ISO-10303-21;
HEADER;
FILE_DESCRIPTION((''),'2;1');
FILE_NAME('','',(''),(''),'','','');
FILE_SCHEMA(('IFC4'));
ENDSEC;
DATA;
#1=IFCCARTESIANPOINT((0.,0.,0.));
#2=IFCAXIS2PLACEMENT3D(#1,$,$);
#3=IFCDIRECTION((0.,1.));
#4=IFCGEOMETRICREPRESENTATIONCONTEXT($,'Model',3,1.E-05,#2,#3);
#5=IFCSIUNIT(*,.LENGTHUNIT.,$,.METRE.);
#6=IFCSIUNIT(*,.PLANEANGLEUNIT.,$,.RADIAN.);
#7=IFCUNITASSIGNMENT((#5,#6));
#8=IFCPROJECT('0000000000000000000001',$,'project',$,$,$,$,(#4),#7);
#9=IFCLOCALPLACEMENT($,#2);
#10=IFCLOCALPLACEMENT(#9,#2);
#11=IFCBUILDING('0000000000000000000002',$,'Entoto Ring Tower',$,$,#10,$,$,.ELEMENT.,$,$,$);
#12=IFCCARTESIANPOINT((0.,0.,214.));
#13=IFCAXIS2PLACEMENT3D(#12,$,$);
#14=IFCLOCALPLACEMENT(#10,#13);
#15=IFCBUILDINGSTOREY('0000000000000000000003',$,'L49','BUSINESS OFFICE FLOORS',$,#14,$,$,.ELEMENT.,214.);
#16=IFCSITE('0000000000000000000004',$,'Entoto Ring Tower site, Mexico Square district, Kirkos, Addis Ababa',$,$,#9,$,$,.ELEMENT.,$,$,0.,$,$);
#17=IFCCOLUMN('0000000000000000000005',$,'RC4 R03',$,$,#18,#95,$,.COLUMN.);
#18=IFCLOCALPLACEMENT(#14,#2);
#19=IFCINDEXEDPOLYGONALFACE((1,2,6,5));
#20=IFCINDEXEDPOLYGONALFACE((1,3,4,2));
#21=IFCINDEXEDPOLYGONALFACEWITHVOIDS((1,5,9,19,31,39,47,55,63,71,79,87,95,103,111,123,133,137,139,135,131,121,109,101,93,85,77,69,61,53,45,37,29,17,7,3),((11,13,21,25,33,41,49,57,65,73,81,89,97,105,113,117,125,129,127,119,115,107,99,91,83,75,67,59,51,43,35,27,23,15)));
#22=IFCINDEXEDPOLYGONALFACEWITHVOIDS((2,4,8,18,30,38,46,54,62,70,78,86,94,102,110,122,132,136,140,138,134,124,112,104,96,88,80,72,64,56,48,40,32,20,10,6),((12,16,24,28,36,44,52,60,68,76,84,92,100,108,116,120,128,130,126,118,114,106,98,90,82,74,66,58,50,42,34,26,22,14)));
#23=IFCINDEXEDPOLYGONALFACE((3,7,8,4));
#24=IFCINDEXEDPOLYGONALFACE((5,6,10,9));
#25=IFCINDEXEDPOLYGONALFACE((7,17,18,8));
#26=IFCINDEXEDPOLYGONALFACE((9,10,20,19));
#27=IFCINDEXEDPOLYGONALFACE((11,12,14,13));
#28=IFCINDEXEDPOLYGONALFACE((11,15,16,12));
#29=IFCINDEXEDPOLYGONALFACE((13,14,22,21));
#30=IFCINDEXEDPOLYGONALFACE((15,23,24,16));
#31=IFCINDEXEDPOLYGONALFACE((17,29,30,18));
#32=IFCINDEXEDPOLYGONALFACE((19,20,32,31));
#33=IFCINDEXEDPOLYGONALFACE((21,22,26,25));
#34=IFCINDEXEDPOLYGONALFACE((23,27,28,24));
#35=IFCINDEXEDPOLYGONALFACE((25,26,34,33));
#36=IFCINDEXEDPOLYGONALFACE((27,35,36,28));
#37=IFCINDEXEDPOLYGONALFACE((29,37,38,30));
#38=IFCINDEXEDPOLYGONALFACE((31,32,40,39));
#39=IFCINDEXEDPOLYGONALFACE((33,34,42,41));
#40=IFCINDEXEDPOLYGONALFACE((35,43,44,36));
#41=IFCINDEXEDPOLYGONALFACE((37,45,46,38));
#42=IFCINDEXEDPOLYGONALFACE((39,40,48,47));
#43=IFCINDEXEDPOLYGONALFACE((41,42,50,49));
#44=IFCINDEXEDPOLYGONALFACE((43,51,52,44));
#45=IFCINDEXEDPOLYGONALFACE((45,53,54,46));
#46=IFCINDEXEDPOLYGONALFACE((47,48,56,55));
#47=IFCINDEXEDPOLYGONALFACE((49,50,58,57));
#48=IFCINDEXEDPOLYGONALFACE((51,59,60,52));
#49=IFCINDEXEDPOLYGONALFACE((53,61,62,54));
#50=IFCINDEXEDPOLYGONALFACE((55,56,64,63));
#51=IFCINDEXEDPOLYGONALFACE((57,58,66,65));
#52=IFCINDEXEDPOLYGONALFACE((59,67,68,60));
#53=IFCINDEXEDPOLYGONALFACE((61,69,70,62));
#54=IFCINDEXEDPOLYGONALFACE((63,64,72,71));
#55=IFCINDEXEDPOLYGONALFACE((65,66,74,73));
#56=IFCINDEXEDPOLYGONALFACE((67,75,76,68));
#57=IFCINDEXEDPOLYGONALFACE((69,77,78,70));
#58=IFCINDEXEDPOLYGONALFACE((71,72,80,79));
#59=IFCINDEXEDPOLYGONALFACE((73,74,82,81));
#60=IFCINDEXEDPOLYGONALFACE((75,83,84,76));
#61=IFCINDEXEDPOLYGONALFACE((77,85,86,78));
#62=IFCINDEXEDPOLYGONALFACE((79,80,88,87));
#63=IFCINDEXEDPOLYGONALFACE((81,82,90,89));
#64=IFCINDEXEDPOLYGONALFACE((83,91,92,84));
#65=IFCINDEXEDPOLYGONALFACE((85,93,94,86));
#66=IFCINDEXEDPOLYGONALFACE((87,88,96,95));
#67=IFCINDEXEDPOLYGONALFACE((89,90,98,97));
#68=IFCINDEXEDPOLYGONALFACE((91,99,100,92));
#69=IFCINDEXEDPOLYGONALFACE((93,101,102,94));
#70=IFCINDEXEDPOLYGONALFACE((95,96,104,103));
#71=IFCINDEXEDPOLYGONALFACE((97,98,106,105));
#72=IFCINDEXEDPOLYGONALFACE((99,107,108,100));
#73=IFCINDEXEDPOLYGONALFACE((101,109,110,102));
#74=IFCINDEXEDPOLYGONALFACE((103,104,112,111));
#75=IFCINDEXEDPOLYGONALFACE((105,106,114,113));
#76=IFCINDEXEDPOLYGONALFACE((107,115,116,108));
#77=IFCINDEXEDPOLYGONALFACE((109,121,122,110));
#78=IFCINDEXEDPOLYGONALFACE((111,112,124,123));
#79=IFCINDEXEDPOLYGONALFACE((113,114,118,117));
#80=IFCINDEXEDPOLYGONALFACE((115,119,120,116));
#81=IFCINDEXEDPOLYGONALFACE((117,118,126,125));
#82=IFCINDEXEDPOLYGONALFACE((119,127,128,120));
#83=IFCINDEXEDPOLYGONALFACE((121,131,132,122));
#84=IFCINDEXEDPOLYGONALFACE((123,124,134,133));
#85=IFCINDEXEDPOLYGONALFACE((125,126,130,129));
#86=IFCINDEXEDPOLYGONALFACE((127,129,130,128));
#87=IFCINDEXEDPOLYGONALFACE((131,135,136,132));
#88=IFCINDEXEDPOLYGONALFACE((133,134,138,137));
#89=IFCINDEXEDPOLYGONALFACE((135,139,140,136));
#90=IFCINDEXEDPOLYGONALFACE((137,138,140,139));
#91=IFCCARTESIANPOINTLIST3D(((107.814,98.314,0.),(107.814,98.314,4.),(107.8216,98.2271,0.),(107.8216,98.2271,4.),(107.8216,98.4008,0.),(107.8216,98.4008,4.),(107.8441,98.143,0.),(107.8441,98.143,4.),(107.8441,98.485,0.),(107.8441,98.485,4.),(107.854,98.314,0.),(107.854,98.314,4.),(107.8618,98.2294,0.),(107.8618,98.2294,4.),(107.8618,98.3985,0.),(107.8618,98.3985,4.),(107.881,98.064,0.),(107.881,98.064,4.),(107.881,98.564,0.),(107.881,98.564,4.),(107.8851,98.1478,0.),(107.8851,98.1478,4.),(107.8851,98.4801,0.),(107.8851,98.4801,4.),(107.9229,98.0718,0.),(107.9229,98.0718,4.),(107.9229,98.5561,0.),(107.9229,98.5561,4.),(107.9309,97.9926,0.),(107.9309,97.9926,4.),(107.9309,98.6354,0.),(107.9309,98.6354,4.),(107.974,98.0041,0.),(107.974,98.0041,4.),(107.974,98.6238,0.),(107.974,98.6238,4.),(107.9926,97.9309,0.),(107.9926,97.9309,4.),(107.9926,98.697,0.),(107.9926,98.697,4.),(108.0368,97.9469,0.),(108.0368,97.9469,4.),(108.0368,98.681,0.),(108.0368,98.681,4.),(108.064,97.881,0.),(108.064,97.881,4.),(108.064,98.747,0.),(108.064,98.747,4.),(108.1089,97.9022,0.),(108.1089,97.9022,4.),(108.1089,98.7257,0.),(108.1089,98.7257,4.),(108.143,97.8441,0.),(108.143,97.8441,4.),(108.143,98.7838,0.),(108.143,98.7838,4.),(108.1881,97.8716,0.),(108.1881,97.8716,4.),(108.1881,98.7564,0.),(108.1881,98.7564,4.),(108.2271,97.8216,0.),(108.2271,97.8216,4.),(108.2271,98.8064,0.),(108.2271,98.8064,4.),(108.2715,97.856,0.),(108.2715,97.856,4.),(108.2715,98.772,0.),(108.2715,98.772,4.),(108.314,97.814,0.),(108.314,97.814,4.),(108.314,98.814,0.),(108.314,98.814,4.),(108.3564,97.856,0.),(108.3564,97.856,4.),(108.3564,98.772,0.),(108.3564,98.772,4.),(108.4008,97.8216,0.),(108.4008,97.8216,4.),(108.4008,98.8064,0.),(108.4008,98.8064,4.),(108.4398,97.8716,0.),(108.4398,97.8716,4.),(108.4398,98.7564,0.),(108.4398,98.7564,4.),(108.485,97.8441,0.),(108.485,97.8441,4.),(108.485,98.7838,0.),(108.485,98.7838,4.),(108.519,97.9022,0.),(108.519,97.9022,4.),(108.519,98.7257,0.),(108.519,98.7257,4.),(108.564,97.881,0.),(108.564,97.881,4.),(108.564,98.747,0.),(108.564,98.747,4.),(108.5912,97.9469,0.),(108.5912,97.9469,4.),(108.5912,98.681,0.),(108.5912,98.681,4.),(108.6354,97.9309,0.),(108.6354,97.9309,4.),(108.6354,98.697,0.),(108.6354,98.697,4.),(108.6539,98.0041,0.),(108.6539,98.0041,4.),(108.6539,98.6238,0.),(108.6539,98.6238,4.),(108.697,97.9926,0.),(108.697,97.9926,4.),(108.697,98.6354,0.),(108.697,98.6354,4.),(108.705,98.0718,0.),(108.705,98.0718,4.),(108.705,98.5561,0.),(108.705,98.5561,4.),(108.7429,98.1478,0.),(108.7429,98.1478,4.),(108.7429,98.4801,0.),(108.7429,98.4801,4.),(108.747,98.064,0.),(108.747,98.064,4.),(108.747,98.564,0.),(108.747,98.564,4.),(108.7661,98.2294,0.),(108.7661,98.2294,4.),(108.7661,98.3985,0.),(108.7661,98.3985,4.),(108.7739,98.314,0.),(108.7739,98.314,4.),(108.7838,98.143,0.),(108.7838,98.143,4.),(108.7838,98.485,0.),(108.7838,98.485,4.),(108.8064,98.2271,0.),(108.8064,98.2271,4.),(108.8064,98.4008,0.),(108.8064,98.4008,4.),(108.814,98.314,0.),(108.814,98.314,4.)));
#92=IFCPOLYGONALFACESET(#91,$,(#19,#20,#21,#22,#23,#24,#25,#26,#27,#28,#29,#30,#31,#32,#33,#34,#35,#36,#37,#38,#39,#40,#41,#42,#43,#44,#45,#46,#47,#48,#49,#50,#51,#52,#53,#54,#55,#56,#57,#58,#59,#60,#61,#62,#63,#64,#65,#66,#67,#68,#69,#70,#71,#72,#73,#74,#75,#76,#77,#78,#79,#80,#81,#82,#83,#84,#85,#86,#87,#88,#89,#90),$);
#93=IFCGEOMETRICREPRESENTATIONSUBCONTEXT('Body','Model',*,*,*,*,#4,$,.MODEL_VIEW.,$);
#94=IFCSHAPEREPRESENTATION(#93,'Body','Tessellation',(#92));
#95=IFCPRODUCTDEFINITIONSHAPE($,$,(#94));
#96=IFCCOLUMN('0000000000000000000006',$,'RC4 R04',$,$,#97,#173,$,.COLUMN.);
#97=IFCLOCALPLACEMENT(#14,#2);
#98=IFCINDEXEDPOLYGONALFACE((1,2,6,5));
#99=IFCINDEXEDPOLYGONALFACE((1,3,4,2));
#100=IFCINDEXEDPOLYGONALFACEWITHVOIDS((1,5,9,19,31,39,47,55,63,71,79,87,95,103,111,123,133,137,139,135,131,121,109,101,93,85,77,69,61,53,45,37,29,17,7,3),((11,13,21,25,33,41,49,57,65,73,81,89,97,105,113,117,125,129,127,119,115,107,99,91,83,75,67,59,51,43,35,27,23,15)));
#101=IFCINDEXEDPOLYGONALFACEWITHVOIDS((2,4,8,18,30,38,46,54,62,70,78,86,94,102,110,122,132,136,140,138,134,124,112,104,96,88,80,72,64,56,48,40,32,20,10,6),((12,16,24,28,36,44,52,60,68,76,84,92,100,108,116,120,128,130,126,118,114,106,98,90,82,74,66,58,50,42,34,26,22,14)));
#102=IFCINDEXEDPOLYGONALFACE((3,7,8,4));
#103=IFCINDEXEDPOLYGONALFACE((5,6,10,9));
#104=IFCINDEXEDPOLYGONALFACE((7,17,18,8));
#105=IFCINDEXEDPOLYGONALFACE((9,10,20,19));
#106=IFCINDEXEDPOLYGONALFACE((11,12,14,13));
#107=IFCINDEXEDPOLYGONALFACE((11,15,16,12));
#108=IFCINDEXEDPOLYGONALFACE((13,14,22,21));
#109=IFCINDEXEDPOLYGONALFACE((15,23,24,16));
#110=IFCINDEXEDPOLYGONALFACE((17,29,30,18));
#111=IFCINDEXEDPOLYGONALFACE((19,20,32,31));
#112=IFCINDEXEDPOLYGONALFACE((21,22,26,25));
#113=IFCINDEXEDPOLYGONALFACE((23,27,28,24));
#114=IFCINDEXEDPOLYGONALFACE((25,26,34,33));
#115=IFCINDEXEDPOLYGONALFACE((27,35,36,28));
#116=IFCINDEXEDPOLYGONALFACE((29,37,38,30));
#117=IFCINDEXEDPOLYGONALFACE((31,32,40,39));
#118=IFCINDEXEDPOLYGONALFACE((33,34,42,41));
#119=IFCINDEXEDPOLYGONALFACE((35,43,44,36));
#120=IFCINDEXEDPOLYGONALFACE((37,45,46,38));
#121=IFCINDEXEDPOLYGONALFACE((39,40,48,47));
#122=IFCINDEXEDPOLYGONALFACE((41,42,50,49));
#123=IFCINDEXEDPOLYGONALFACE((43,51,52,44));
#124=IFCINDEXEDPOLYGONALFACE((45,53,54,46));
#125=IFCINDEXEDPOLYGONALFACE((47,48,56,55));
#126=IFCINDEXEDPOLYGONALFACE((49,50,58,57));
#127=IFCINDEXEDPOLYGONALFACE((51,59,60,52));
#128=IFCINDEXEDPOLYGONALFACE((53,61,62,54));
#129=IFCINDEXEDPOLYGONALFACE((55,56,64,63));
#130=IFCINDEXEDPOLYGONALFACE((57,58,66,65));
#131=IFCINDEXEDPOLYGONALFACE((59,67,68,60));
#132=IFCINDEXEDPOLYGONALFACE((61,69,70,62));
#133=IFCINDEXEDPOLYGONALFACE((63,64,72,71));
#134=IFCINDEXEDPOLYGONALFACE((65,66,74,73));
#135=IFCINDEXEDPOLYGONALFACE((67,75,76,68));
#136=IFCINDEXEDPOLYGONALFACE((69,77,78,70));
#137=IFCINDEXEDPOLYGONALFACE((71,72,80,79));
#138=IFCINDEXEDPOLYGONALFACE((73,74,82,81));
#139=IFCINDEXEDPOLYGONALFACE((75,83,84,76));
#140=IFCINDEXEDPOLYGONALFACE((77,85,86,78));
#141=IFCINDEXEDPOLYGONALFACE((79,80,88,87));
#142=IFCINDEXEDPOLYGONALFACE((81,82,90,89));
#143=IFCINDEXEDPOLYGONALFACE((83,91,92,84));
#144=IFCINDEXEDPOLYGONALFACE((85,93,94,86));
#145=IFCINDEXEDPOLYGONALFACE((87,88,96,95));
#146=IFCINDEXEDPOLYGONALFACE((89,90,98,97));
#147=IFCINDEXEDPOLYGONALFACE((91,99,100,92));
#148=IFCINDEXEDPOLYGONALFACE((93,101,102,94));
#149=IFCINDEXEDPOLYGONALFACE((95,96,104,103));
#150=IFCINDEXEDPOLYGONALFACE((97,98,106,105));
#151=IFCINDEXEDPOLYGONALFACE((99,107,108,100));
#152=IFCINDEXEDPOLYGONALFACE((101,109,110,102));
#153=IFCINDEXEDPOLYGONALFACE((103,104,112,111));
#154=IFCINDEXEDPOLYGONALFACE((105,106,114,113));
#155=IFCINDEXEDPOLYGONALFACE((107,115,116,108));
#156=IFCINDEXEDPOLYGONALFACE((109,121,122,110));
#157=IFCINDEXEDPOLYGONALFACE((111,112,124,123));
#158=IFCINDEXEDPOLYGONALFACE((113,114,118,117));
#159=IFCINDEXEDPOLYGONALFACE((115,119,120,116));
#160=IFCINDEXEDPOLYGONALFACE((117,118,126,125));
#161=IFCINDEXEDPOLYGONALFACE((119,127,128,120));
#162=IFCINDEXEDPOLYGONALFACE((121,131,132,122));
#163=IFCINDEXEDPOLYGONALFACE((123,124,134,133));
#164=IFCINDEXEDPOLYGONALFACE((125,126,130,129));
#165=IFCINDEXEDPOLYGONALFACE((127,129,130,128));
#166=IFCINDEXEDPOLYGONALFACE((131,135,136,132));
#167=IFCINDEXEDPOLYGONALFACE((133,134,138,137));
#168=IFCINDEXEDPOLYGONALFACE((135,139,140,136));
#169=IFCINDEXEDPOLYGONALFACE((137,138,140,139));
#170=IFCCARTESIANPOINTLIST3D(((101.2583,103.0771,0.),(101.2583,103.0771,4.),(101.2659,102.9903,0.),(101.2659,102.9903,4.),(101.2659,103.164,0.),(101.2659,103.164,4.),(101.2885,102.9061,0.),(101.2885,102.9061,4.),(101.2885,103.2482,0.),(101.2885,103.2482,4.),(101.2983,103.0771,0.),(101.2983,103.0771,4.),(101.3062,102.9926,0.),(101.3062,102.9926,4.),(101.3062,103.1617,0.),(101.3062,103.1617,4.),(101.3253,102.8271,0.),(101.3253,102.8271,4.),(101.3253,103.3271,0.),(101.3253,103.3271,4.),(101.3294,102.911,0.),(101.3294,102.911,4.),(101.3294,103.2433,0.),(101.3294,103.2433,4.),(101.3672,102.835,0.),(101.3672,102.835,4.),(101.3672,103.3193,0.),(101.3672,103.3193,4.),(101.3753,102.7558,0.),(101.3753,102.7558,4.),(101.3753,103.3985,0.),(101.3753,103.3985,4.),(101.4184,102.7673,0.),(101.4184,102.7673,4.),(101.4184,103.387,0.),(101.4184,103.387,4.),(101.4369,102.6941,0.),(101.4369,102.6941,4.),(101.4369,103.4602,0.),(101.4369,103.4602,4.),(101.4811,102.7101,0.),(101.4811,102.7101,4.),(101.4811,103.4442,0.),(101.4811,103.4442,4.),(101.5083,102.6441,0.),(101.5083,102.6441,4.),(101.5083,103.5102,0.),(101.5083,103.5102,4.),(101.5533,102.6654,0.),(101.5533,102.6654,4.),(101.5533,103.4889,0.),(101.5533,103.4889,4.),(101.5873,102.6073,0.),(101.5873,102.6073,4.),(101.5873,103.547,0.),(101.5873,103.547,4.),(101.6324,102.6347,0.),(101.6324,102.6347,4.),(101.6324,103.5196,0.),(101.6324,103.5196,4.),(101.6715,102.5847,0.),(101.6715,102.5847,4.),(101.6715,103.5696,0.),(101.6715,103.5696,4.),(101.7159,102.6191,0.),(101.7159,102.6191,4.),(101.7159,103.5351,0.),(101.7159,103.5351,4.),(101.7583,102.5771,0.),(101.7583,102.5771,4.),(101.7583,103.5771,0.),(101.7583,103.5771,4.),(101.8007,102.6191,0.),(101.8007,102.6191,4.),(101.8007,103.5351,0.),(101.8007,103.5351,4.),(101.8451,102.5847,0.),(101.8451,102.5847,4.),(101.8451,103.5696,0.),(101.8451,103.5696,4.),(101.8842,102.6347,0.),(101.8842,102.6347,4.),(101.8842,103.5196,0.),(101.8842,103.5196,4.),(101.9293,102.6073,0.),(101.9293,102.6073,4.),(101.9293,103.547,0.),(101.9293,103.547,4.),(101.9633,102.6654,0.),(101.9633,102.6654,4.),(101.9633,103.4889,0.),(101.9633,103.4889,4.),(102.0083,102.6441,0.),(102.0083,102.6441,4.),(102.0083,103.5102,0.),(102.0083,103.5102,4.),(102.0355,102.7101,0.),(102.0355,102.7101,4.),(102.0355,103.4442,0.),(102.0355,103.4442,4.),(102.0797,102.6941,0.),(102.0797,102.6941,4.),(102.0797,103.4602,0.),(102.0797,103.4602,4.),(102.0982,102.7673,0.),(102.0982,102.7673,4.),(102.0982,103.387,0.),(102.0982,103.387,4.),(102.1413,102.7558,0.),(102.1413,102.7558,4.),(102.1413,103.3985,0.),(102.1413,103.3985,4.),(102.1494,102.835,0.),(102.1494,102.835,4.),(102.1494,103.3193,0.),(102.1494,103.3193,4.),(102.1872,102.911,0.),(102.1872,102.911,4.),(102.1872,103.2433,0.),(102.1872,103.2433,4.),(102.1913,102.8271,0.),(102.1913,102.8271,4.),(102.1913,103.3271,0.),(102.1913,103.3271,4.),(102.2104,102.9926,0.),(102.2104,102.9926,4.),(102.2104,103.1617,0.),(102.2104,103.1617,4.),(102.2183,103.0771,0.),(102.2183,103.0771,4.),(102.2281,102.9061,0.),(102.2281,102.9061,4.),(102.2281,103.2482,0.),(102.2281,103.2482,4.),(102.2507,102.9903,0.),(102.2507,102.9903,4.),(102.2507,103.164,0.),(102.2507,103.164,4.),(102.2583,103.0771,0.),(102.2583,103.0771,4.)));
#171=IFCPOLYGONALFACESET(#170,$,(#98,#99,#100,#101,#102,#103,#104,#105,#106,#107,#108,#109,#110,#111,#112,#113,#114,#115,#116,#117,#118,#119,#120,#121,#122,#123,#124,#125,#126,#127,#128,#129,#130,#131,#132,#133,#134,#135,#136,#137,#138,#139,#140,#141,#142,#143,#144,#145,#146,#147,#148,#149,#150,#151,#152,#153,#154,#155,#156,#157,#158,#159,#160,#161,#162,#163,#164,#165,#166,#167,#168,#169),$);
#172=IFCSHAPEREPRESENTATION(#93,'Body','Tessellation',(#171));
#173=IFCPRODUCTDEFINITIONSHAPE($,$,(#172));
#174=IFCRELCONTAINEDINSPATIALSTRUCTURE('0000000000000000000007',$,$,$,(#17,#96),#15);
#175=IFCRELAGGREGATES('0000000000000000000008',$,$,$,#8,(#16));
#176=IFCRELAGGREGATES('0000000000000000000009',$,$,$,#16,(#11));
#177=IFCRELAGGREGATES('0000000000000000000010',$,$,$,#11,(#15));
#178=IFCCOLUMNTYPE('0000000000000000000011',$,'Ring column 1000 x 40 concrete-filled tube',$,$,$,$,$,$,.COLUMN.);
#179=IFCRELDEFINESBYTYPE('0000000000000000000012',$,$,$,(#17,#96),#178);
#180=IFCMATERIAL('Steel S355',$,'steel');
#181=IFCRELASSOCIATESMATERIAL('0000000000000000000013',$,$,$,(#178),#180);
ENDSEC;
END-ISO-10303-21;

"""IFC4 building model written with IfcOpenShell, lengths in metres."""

from ifc_helpers import new_model, si_unit, direction, frame, origin, origin_2d, place, context, subcontext, project, spatial, circle, hollow_circle, extrude, material, material_profile, profile_set, type_object, element, save


model = new_model("IFC4")

# Units and contexts
model_context = context("Model", 3, precision=1e-05, world=origin(), true_north=direction((0.0, 1.0)))
body_context = subcontext(model_context, "Body", "Model", "MODEL_VIEW")
ifc_project = project(units=[si_unit("LENGTHUNIT", "METRE"), si_unit("PLANEANGLEUNIT", "RADIAN")], contexts=[model_context])

# Site, building, storey
site_placement = place(None, origin())
site = spatial("IfcSite", under=ifc_project, at=site_placement, Name="Entoto Ring Tower site, Mexico Square district, Kirkos, Addis Ababa", CompositionType="ELEMENT", RefElevation=0.0)
building_placement = place(site_placement, origin())
building = spatial("IfcBuilding", under=site, at=building_placement, Name="Entoto Ring Tower", CompositionType="ELEMENT")
storey_placement = place(building_placement, frame((0.0, 0.0, 214.0)))
storey = spatial("IfcBuildingStorey", under=building, at=storey_placement, Name="L49", Description="BUSINESS OFFICE FLOORS", CompositionType="ELEMENT", Elevation=214.0)

# Columns
ifc_material_1 = material(Name="Steel S355", Category="steel")
ifc_material_profile_1 = material_profile(ifc_material_1, hollow_circle(Radius=0.5, WallThickness=0.04, at=origin_2d()), Name="CHS 1000 x 40")
ifc_material_2 = material(Name="Concrete C60/75", Category="concrete")
ifc_material_profile_2 = material_profile(ifc_material_2, circle(Radius=0.46, at=origin_2d()), Name="Concrete C60/75 infill")
ifc_profile_set_1 = profile_set([ifc_material_profile_1, ifc_material_profile_2], Name="Steel S355")
column_type = type_object("IfcColumnType", Name="Ring column 1000 x 40 concrete-filled tube", PredefinedType="COLUMN", material=ifc_profile_set_1)
for number, where, z_axis, x_axis, name in (
    (1, (108.314, 98.314, 0.0), (0.0, 0.0, 1.0), (1.0, 0.0, 0.0), "RC4 R03"),
    (2, (101.7583, 103.0771, 0.0), (0.0, 0.0, 1.0), (1.0, 0.0, 0.0), "RC4 R04"),
):
    element("IfcColumn", number, at=place(storey_placement, frame(where, z_axis=z_axis, x_axis=x_axis)), inside=storey, type_object=column_type, Name=name, PredefinedType="COLUMN", context=body_context, shape_type="SweptSolid", body=[
        extrude(hollow_circle(Radius=0.5, WallThickness=0.04, at=origin_2d()), origin(), (0.0, 0.0, 1.0), 4.0),
    ])

save(model, "model.ifc")
